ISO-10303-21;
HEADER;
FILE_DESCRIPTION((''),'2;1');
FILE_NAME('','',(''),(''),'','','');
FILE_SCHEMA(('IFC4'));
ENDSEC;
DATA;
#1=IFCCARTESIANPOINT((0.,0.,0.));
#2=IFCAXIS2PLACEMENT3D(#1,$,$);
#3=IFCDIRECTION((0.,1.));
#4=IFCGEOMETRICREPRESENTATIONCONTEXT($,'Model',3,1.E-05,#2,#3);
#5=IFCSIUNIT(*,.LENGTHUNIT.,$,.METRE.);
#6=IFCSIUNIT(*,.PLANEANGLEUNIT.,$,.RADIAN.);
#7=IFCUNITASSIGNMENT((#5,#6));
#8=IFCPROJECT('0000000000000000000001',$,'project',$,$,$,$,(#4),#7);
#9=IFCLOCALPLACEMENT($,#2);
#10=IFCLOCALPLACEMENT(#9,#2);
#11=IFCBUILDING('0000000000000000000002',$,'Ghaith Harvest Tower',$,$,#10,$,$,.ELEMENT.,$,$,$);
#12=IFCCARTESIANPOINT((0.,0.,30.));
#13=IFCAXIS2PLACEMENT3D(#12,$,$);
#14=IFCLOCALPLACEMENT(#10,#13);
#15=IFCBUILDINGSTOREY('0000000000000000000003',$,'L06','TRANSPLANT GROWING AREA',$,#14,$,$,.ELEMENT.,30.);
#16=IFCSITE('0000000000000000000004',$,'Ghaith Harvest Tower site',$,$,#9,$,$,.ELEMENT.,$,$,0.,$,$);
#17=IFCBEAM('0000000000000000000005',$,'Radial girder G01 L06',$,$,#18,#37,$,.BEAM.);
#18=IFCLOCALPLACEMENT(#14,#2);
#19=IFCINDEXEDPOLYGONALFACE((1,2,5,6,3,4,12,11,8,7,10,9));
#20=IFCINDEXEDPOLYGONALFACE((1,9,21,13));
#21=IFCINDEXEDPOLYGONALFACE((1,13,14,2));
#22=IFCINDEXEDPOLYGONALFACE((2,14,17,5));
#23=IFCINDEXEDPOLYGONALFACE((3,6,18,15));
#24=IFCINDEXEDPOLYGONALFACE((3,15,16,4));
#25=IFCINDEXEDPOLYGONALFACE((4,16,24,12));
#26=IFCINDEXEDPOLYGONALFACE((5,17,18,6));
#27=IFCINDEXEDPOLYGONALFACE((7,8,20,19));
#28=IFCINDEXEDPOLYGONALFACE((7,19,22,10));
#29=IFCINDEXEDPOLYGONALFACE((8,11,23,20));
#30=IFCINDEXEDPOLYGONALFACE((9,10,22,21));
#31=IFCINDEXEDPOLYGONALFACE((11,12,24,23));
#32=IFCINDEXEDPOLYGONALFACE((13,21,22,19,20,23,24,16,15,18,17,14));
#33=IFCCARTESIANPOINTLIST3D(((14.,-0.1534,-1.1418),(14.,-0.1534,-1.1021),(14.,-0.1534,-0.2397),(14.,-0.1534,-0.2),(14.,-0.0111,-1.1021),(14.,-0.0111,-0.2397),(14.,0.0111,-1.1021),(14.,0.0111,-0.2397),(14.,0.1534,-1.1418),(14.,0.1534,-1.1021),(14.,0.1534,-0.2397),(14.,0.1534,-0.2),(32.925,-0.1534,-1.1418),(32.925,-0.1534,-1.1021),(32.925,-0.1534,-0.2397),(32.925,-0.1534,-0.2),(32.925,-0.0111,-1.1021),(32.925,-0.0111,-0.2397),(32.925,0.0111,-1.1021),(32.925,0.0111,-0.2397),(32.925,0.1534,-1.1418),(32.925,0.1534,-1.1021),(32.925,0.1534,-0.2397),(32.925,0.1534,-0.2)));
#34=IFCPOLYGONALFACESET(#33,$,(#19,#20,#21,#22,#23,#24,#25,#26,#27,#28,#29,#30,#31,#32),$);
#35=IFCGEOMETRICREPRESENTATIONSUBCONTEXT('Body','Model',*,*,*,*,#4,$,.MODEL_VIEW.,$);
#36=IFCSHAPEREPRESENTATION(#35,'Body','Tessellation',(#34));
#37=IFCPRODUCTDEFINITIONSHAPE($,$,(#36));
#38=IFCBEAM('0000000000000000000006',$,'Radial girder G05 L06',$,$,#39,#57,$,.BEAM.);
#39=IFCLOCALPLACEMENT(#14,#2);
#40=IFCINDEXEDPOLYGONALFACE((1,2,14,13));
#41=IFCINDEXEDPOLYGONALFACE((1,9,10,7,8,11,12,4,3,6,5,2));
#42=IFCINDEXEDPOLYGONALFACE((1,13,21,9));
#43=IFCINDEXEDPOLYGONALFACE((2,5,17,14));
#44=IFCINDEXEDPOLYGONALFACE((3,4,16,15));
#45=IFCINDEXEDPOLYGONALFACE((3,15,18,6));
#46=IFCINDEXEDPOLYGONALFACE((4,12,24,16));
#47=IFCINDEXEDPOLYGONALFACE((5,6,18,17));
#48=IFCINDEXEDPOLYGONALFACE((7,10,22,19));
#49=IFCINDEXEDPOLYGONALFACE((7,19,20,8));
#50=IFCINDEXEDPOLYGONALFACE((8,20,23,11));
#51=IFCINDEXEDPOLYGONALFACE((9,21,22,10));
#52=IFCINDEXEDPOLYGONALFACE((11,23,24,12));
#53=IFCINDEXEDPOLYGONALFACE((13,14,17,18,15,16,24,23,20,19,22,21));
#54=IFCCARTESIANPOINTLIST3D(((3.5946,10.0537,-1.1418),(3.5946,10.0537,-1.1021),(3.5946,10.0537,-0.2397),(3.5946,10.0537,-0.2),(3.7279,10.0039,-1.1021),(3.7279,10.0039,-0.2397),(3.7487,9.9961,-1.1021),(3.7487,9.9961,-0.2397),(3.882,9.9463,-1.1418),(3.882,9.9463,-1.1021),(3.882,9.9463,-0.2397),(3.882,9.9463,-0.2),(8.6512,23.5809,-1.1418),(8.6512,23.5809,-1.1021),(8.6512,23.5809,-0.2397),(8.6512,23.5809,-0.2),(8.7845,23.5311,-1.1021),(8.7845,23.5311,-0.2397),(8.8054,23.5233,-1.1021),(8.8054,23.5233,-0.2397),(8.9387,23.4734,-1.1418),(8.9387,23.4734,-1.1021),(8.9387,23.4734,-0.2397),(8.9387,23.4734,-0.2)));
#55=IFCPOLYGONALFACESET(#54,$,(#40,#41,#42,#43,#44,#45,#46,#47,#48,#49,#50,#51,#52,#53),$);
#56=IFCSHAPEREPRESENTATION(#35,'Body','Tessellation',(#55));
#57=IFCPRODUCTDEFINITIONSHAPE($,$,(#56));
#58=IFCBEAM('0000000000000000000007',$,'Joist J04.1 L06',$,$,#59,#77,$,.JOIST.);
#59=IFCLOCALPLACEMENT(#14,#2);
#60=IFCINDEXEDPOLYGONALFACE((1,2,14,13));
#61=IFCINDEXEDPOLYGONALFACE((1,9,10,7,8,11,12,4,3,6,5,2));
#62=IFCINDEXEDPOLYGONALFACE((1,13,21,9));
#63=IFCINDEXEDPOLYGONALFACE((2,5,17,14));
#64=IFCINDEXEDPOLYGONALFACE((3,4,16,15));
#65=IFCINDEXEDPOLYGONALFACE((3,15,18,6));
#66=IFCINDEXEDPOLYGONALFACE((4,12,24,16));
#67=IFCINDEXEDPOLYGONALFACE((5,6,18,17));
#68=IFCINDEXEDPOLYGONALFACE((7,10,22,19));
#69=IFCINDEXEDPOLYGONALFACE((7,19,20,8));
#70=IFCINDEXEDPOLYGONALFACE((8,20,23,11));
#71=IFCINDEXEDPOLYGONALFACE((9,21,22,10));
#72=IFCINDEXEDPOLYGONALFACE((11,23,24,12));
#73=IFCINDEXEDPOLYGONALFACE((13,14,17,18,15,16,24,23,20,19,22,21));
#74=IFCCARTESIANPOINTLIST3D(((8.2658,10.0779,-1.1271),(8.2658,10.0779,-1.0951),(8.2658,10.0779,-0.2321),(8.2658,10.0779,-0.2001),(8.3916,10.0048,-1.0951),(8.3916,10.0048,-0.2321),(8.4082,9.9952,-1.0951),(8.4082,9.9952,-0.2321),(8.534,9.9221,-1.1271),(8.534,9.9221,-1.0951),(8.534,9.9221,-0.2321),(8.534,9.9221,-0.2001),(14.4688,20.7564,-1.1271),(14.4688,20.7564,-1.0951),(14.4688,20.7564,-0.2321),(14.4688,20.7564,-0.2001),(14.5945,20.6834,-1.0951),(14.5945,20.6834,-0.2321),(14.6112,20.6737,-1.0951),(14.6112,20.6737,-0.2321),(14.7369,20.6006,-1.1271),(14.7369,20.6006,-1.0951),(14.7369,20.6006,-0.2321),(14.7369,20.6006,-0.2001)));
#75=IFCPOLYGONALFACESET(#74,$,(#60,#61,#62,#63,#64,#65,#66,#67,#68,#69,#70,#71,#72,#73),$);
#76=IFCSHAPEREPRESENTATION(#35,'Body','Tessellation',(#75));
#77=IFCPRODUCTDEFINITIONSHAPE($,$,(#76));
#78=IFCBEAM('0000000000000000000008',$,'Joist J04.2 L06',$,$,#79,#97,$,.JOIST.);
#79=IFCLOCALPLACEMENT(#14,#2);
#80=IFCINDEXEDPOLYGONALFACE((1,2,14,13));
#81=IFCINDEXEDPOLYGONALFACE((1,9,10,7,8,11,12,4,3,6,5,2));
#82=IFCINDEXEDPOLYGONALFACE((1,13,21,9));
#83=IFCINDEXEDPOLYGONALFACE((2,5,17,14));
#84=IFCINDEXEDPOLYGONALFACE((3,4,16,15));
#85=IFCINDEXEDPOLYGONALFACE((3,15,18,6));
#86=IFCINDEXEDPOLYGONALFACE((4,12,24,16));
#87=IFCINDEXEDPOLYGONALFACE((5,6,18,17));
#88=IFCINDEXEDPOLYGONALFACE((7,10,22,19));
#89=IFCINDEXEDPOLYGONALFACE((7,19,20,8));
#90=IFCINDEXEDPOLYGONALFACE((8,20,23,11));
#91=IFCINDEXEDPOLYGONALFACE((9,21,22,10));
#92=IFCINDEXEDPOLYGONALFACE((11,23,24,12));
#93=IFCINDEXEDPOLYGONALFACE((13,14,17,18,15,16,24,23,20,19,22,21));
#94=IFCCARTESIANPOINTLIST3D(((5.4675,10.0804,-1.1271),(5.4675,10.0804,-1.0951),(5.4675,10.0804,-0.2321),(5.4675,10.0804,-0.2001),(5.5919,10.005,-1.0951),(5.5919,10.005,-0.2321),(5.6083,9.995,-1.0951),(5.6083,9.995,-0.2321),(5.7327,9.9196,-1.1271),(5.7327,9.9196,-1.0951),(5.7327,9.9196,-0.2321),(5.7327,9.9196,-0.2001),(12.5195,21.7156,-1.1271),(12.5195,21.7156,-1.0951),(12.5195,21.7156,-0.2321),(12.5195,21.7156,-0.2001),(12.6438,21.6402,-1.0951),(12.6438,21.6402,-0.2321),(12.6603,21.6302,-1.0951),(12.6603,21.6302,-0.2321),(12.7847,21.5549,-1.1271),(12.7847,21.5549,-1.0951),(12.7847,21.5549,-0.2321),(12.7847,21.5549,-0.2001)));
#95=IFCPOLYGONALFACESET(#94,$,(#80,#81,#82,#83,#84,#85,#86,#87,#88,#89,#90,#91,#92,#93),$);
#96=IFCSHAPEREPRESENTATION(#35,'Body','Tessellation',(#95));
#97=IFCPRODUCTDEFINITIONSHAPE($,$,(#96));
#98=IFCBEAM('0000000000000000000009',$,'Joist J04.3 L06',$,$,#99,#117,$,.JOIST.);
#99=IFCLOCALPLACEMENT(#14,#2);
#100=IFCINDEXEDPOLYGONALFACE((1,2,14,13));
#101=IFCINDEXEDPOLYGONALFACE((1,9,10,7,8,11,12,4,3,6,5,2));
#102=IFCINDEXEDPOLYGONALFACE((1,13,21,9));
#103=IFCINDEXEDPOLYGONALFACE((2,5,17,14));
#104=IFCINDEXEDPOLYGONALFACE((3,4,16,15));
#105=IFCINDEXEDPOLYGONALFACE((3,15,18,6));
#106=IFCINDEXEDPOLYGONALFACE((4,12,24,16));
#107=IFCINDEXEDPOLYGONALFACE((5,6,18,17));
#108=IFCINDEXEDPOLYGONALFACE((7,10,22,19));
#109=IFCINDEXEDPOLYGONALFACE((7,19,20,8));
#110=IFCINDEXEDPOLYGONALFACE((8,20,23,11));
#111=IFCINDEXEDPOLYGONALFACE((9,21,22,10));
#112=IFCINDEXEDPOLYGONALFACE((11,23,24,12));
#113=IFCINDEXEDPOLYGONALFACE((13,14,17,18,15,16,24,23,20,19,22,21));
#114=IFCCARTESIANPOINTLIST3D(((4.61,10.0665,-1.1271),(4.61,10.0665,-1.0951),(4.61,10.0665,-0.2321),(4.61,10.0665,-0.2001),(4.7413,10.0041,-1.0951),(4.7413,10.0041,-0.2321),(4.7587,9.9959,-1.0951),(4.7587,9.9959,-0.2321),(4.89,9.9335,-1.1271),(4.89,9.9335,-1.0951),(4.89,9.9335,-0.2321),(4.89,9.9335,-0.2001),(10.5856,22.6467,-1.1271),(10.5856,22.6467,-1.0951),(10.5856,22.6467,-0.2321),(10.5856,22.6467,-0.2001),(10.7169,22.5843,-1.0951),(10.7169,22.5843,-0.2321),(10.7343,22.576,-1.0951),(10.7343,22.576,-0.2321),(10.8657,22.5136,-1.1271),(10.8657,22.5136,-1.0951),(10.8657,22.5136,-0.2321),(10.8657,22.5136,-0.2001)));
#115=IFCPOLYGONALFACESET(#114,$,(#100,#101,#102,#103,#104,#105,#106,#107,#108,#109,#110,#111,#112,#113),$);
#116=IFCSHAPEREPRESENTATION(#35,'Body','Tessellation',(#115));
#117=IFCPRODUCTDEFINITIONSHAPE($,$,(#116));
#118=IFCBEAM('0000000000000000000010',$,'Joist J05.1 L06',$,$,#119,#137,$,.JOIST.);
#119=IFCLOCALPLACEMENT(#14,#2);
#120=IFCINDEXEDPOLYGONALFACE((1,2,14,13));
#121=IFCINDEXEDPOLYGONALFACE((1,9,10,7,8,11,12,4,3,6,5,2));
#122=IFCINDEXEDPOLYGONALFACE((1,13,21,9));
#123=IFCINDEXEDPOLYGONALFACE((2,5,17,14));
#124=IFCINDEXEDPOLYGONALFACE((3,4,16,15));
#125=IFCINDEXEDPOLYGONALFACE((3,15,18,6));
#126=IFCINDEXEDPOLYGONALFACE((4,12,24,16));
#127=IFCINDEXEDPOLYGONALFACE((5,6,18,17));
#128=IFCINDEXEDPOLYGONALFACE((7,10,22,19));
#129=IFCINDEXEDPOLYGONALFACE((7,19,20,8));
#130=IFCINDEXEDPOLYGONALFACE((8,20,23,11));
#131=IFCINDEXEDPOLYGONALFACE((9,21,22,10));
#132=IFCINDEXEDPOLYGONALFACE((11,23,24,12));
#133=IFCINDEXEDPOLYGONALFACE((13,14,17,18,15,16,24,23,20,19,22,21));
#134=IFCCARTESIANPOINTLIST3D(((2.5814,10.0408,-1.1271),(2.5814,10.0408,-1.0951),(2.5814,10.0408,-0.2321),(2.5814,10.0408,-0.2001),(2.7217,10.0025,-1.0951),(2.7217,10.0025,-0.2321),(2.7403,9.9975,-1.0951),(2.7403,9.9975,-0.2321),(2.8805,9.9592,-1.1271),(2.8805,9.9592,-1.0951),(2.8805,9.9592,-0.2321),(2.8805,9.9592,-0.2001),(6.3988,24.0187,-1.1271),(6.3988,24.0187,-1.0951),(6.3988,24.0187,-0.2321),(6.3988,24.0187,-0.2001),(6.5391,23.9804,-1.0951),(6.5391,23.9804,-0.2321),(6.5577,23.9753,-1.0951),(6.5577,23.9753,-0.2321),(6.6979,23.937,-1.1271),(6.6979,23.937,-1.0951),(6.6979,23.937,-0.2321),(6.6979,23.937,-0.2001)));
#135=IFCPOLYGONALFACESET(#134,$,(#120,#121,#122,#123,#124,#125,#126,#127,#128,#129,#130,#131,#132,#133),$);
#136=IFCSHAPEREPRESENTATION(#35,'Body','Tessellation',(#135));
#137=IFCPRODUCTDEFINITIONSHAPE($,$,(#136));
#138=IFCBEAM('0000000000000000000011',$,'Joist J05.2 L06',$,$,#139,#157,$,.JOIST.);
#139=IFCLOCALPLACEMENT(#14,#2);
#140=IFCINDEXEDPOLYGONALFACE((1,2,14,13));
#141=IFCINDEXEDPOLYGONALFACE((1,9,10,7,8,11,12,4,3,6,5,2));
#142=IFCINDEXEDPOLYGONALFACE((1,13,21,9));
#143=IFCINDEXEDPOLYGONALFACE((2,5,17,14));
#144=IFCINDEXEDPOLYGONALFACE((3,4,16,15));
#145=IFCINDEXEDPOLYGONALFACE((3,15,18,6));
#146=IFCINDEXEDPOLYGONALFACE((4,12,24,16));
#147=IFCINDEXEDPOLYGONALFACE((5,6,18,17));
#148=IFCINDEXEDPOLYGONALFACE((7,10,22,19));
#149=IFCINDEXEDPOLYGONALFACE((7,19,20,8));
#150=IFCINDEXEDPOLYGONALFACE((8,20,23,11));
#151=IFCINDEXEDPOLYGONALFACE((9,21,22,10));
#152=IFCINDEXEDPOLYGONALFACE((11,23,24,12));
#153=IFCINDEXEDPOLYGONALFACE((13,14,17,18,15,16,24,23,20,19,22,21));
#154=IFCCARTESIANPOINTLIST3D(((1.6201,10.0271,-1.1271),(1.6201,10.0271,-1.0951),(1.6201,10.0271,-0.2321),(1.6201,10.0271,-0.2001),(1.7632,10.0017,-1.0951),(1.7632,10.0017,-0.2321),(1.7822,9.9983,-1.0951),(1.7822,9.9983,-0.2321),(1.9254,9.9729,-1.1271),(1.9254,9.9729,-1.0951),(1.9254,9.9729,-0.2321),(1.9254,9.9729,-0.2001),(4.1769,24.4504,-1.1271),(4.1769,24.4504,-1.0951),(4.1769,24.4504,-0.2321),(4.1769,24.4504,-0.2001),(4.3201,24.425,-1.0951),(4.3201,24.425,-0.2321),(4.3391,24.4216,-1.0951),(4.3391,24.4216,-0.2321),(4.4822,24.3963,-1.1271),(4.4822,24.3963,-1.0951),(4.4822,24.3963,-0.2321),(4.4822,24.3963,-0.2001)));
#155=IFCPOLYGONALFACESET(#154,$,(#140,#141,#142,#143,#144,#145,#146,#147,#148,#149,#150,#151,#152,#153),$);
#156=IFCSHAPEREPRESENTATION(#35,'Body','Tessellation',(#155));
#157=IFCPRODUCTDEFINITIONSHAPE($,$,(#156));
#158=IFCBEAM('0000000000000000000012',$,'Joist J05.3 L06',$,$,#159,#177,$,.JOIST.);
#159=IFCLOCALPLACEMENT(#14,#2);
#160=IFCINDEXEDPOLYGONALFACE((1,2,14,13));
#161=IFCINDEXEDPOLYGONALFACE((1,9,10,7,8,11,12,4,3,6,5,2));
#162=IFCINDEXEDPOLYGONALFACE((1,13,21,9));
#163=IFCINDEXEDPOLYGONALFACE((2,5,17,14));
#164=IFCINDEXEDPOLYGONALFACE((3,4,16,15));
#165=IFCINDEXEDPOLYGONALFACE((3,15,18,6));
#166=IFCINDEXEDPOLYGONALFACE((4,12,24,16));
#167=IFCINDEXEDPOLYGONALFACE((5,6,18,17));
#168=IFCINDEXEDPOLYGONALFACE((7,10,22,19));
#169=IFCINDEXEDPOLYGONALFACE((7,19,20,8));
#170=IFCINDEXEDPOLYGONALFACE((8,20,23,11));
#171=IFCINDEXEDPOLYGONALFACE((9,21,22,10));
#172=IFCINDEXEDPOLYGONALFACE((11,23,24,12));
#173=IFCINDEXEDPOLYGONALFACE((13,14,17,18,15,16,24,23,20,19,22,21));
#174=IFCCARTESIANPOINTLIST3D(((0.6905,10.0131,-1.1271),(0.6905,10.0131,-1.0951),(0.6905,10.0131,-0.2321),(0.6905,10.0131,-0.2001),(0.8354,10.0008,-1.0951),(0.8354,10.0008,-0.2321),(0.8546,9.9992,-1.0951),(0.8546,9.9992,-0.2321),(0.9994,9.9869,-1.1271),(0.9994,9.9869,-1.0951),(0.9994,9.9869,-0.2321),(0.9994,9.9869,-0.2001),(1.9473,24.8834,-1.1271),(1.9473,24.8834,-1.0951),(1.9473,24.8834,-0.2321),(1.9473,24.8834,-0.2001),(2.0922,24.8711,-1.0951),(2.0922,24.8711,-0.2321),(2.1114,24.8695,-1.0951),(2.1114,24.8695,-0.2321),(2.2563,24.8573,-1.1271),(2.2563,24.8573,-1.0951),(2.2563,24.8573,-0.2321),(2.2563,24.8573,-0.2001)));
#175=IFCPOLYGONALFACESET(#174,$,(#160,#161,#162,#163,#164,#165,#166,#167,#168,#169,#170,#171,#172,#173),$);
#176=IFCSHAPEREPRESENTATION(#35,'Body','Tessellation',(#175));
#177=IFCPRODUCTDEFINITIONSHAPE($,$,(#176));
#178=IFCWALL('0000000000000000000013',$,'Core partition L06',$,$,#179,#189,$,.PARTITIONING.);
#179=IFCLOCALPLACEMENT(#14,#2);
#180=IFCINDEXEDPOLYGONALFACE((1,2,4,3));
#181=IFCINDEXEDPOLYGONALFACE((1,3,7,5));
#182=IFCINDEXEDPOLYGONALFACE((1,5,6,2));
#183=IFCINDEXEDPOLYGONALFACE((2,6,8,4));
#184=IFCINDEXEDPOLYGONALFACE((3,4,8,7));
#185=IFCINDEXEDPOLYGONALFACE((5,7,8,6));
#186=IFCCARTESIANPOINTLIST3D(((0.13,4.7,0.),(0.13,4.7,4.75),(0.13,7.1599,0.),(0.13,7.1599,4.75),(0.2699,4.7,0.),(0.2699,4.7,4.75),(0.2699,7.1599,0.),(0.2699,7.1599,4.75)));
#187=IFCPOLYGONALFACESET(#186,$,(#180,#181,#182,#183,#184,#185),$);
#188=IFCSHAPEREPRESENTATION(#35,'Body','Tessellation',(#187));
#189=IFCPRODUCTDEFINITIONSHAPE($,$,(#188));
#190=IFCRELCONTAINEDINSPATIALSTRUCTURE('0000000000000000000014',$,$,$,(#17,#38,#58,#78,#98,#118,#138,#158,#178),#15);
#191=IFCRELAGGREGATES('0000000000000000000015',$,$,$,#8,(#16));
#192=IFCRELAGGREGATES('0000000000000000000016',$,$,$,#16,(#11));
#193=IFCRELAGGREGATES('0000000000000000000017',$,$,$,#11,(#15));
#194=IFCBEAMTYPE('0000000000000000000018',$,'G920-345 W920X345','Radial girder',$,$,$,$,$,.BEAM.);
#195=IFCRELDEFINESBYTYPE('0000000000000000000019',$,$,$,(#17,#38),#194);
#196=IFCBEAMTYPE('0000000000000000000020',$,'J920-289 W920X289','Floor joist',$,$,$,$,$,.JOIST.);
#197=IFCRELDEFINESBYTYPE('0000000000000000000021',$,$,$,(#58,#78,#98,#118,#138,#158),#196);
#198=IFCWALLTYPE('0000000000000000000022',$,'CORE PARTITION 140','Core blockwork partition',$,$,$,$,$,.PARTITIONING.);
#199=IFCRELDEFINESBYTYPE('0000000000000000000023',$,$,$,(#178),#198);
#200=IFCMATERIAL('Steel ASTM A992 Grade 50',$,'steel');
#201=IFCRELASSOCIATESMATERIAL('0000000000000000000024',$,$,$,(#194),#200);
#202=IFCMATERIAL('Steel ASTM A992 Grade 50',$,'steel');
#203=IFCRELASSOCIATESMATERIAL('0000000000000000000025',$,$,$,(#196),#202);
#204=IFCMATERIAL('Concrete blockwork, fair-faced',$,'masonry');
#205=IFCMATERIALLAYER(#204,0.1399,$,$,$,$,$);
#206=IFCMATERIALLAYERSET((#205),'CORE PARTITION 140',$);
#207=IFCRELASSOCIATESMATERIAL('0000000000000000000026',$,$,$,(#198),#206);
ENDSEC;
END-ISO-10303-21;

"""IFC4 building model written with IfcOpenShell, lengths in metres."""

from ifc_helpers import new_model, si_unit, direction, frame, frame_2d, origin, origin_2d, place, context, subcontext, project, spatial, rectangle, i_section, extrude, material, layer, layer_set, material_profile, profile_set, type_object, element, save


model = new_model("IFC4")

# Units and contexts
model_context = context("Model", 3, precision=1e-05, world=origin(), true_north=direction((0.0, 1.0)))
body_context = subcontext(model_context, "Body", "Model", "MODEL_VIEW")
ifc_project = project(units=[si_unit("LENGTHUNIT", "METRE"), si_unit("PLANEANGLEUNIT", "RADIAN")], contexts=[model_context])

# Site, building, storey
site_placement = place(None, origin())
site = spatial("IfcSite", under=ifc_project, at=site_placement, Name="Ghaith Harvest Tower site", CompositionType="ELEMENT", RefElevation=0.0)
building_placement = place(site_placement, origin())
building = spatial("IfcBuilding", under=site, at=building_placement, Name="Ghaith Harvest Tower", CompositionType="ELEMENT")
storey_placement = place(building_placement, frame((0.0, 0.0, 30.0)))
storey = spatial("IfcBuildingStorey", under=building, at=storey_placement, Name="L06", Description="TRANSPLANT GROWING AREA", CompositionType="ELEMENT", Elevation=30.0)

# Beams
ifc_material_1 = material(Name="Steel ASTM A992 Grade 50", Category="steel")
ifc_material_profile_1 = material_profile(ifc_material_1, i_section(OverallWidth=0.3069, OverallDepth=0.9419, WebThickness=0.0222, FlangeThickness=0.0398, at=origin_2d()), Name="W920X345")
ifc_profile_set_1 = profile_set([ifc_material_profile_1], Name="Steel ASTM A992 Grade 50")
beam_type_1 = type_object("IfcBeamType", Name="G920-345 W920X345", Description="Radial girder", PredefinedType="BEAM", material=ifc_profile_set_1)
beam_1_placement = place(storey_placement, frame((14.0, 0.0, -0.6709), z_axis=(1.0, 0.0, 0.0), x_axis=(0.0, 1.0, 0.0)))
element("IfcBeam", 1, at=beam_1_placement, inside=storey, type_object=beam_type_1, Name="Radial girder G01 L06", PredefinedType="BEAM", context=body_context, shape_type="SweptSolid", body=[
    extrude(i_section(OverallWidth=0.3069, OverallDepth=0.9419, WebThickness=0.0222, FlangeThickness=0.0398, at=origin_2d()), origin(), (0.0, 0.0, 1.0), 18.925),
])
beam_2_placement = place(storey_placement, frame((3.7383, 10.0, -0.6709), z_axis=(0.350151, 0.936693, 0.0), x_axis=(-0.936693, 0.350151, 0.0)))
element("IfcBeam", 2, at=beam_2_placement, inside=storey, type_object=beam_type_1, Name="Radial girder G05 L06", PredefinedType="BEAM", context=body_context, shape_type="SweptSolid", body=[
    extrude(i_section(OverallWidth=0.3069, OverallDepth=0.9419, WebThickness=0.0222, FlangeThickness=0.0398, at=origin_2d()), origin(), (0.0, 0.0, 1.0), 14.4414),
])
ifc_material_2 = material(Name="Steel ASTM A992 Grade 50", Category="steel")
ifc_material_profile_2 = material_profile(ifc_material_2, i_section(OverallWidth=0.3101, OverallDepth=0.927, WebThickness=0.0193, FlangeThickness=0.032, at=origin_2d()), Name="W920X289")
ifc_profile_set_2 = profile_set([ifc_material_profile_2], Name="Steel ASTM A992 Grade 50")
beam_type_2 = type_object("IfcBeamType", Name="J920-289 W920X289", Description="Floor joist", PredefinedType="JOIST", material=ifc_profile_set_2)
beam_3_placement = place(storey_placement, frame((8.3999, 10.0, -0.6636), z_axis=(0.502286, 0.864702, 0.0), x_axis=(-0.864702, 0.502286, 0.0)))
element("IfcBeam", 3, at=beam_3_placement, inside=storey, type_object=beam_type_2, Name="Joist J04.1 L06", PredefinedType="JOIST", context=body_context, shape_type="SweptSolid", body=[
    extrude(i_section(OverallWidth=0.3101, OverallDepth=0.927, WebThickness=0.0193, FlangeThickness=0.032, at=origin_2d()), origin(), (0.0, 0.0, 1.0), 12.3494),
])
beam_4_placement = place(storey_placement, frame((5.6001, 10.0, -0.6636), z_axis=(0.51832, 0.855187, 0.0), x_axis=(-0.855187, 0.51832, 0.0)))
element("IfcBeam", 4, at=beam_4_placement, inside=storey, type_object=beam_type_2, Name="Joist J04.2 L06", PredefinedType="JOIST", context=body_context, shape_type="SweptSolid", body=[
    extrude(i_section(OverallWidth=0.3101, OverallDepth=0.927, WebThickness=0.0193, FlangeThickness=0.032, at=origin_2d()), origin(), (0.0, 0.0, 1.0), 13.6055),
])
beam_5_placement = place(storey_placement, frame((4.75, 10.0, -0.6636), z_axis=(0.42906, 0.903276, 0.0), x_axis=(-0.903276, 0.42906, 0.0)))
element("IfcBeam", 5, at=beam_5_placement, inside=storey, type_object=beam_type_2, Name="Joist J04.3 L06", PredefinedType="JOIST", context=body_context, shape_type="SweptSolid", body=[
    extrude(i_section(OverallWidth=0.3101, OverallDepth=0.927, WebThickness=0.0193, FlangeThickness=0.032, at=origin_2d()), origin(), (0.0, 0.0, 1.0), 13.9272),
])
beam_6_placement = place(storey_placement, frame((2.731, 10.0, -0.6636), z_axis=(0.263455, 0.964672, 0.0), x_axis=(-0.964672, 0.263455, 0.0)))
element("IfcBeam", 6, at=beam_6_placement, inside=storey, type_object=beam_type_2, Name="Joist J05.1 L06", PredefinedType="JOIST", context=body_context, shape_type="SweptSolid", body=[
    extrude(i_section(OverallWidth=0.3101, OverallDepth=0.927, WebThickness=0.0193, FlangeThickness=0.032, at=origin_2d()), origin(), (0.0, 0.0, 1.0), 14.4897),
])
beam_7_placement = place(storey_placement, frame((1.7727, 10.0, -0.6636), z_axis=(0.174553, 0.984648, 0.0), x_axis=(-0.984648, 0.174553, 0.0)))
element("IfcBeam", 7, at=beam_7_placement, inside=storey, type_object=beam_type_2, Name="Joist J05.2 L06", PredefinedType="JOIST", context=body_context, shape_type="SweptSolid", body=[
    extrude(i_section(OverallWidth=0.3101, OverallDepth=0.927, WebThickness=0.0193, FlangeThickness=0.032, at=origin_2d()), origin(), (0.0, 0.0, 1.0), 14.6482),
])
beam_8_placement = place(storey_placement, frame((0.845, 10.0, -0.6636), z_axis=(0.084219, 0.996447, 0.0), x_axis=(-0.996447, 0.084219, 0.0)))
element("IfcBeam", 8, at=beam_8_placement, inside=storey, type_object=beam_type_2, Name="Joist J05.3 L06", PredefinedType="JOIST", context=body_context, shape_type="SweptSolid", body=[
    extrude(i_section(OverallWidth=0.3101, OverallDepth=0.927, WebThickness=0.0193, FlangeThickness=0.032, at=origin_2d()), origin(), (0.0, 0.0, 1.0), 14.9233),
])

# Wall
ifc_material_3 = material(Name="Concrete blockwork, fair-faced", Category="masonry")
ifc_layer_1 = layer(ifc_material_3, 0.1399)
ifc_layer_set_1 = layer_set([ifc_layer_1], Name="CORE PARTITION 140")
wall_type_1 = type_object("IfcWallType", Name="CORE PARTITION 140", Description="Core blockwork partition", PredefinedType="PARTITIONING", material=ifc_layer_set_1)
for number, where, z_axis, x_axis, name in (
    (9, (0.2, 4.7, 0.0), (0.0, 0.0, 1.0), (0.0, 1.0, 0.0), "Core partition L06"),
):
    element("IfcWall", number, at=place(storey_placement, frame(where, z_axis=z_axis, x_axis=x_axis)), inside=storey, type_object=wall_type_1, Name=name, PredefinedType="PARTITIONING", context=body_context, shape_type="SweptSolid", body=[
        extrude(rectangle(XDim=2.46, YDim=0.1399, at=frame_2d((1.23, 0.0))), origin(), (0.0, 0.0, 1.0), 4.75),
    ])

save(model, "model.ifc")
